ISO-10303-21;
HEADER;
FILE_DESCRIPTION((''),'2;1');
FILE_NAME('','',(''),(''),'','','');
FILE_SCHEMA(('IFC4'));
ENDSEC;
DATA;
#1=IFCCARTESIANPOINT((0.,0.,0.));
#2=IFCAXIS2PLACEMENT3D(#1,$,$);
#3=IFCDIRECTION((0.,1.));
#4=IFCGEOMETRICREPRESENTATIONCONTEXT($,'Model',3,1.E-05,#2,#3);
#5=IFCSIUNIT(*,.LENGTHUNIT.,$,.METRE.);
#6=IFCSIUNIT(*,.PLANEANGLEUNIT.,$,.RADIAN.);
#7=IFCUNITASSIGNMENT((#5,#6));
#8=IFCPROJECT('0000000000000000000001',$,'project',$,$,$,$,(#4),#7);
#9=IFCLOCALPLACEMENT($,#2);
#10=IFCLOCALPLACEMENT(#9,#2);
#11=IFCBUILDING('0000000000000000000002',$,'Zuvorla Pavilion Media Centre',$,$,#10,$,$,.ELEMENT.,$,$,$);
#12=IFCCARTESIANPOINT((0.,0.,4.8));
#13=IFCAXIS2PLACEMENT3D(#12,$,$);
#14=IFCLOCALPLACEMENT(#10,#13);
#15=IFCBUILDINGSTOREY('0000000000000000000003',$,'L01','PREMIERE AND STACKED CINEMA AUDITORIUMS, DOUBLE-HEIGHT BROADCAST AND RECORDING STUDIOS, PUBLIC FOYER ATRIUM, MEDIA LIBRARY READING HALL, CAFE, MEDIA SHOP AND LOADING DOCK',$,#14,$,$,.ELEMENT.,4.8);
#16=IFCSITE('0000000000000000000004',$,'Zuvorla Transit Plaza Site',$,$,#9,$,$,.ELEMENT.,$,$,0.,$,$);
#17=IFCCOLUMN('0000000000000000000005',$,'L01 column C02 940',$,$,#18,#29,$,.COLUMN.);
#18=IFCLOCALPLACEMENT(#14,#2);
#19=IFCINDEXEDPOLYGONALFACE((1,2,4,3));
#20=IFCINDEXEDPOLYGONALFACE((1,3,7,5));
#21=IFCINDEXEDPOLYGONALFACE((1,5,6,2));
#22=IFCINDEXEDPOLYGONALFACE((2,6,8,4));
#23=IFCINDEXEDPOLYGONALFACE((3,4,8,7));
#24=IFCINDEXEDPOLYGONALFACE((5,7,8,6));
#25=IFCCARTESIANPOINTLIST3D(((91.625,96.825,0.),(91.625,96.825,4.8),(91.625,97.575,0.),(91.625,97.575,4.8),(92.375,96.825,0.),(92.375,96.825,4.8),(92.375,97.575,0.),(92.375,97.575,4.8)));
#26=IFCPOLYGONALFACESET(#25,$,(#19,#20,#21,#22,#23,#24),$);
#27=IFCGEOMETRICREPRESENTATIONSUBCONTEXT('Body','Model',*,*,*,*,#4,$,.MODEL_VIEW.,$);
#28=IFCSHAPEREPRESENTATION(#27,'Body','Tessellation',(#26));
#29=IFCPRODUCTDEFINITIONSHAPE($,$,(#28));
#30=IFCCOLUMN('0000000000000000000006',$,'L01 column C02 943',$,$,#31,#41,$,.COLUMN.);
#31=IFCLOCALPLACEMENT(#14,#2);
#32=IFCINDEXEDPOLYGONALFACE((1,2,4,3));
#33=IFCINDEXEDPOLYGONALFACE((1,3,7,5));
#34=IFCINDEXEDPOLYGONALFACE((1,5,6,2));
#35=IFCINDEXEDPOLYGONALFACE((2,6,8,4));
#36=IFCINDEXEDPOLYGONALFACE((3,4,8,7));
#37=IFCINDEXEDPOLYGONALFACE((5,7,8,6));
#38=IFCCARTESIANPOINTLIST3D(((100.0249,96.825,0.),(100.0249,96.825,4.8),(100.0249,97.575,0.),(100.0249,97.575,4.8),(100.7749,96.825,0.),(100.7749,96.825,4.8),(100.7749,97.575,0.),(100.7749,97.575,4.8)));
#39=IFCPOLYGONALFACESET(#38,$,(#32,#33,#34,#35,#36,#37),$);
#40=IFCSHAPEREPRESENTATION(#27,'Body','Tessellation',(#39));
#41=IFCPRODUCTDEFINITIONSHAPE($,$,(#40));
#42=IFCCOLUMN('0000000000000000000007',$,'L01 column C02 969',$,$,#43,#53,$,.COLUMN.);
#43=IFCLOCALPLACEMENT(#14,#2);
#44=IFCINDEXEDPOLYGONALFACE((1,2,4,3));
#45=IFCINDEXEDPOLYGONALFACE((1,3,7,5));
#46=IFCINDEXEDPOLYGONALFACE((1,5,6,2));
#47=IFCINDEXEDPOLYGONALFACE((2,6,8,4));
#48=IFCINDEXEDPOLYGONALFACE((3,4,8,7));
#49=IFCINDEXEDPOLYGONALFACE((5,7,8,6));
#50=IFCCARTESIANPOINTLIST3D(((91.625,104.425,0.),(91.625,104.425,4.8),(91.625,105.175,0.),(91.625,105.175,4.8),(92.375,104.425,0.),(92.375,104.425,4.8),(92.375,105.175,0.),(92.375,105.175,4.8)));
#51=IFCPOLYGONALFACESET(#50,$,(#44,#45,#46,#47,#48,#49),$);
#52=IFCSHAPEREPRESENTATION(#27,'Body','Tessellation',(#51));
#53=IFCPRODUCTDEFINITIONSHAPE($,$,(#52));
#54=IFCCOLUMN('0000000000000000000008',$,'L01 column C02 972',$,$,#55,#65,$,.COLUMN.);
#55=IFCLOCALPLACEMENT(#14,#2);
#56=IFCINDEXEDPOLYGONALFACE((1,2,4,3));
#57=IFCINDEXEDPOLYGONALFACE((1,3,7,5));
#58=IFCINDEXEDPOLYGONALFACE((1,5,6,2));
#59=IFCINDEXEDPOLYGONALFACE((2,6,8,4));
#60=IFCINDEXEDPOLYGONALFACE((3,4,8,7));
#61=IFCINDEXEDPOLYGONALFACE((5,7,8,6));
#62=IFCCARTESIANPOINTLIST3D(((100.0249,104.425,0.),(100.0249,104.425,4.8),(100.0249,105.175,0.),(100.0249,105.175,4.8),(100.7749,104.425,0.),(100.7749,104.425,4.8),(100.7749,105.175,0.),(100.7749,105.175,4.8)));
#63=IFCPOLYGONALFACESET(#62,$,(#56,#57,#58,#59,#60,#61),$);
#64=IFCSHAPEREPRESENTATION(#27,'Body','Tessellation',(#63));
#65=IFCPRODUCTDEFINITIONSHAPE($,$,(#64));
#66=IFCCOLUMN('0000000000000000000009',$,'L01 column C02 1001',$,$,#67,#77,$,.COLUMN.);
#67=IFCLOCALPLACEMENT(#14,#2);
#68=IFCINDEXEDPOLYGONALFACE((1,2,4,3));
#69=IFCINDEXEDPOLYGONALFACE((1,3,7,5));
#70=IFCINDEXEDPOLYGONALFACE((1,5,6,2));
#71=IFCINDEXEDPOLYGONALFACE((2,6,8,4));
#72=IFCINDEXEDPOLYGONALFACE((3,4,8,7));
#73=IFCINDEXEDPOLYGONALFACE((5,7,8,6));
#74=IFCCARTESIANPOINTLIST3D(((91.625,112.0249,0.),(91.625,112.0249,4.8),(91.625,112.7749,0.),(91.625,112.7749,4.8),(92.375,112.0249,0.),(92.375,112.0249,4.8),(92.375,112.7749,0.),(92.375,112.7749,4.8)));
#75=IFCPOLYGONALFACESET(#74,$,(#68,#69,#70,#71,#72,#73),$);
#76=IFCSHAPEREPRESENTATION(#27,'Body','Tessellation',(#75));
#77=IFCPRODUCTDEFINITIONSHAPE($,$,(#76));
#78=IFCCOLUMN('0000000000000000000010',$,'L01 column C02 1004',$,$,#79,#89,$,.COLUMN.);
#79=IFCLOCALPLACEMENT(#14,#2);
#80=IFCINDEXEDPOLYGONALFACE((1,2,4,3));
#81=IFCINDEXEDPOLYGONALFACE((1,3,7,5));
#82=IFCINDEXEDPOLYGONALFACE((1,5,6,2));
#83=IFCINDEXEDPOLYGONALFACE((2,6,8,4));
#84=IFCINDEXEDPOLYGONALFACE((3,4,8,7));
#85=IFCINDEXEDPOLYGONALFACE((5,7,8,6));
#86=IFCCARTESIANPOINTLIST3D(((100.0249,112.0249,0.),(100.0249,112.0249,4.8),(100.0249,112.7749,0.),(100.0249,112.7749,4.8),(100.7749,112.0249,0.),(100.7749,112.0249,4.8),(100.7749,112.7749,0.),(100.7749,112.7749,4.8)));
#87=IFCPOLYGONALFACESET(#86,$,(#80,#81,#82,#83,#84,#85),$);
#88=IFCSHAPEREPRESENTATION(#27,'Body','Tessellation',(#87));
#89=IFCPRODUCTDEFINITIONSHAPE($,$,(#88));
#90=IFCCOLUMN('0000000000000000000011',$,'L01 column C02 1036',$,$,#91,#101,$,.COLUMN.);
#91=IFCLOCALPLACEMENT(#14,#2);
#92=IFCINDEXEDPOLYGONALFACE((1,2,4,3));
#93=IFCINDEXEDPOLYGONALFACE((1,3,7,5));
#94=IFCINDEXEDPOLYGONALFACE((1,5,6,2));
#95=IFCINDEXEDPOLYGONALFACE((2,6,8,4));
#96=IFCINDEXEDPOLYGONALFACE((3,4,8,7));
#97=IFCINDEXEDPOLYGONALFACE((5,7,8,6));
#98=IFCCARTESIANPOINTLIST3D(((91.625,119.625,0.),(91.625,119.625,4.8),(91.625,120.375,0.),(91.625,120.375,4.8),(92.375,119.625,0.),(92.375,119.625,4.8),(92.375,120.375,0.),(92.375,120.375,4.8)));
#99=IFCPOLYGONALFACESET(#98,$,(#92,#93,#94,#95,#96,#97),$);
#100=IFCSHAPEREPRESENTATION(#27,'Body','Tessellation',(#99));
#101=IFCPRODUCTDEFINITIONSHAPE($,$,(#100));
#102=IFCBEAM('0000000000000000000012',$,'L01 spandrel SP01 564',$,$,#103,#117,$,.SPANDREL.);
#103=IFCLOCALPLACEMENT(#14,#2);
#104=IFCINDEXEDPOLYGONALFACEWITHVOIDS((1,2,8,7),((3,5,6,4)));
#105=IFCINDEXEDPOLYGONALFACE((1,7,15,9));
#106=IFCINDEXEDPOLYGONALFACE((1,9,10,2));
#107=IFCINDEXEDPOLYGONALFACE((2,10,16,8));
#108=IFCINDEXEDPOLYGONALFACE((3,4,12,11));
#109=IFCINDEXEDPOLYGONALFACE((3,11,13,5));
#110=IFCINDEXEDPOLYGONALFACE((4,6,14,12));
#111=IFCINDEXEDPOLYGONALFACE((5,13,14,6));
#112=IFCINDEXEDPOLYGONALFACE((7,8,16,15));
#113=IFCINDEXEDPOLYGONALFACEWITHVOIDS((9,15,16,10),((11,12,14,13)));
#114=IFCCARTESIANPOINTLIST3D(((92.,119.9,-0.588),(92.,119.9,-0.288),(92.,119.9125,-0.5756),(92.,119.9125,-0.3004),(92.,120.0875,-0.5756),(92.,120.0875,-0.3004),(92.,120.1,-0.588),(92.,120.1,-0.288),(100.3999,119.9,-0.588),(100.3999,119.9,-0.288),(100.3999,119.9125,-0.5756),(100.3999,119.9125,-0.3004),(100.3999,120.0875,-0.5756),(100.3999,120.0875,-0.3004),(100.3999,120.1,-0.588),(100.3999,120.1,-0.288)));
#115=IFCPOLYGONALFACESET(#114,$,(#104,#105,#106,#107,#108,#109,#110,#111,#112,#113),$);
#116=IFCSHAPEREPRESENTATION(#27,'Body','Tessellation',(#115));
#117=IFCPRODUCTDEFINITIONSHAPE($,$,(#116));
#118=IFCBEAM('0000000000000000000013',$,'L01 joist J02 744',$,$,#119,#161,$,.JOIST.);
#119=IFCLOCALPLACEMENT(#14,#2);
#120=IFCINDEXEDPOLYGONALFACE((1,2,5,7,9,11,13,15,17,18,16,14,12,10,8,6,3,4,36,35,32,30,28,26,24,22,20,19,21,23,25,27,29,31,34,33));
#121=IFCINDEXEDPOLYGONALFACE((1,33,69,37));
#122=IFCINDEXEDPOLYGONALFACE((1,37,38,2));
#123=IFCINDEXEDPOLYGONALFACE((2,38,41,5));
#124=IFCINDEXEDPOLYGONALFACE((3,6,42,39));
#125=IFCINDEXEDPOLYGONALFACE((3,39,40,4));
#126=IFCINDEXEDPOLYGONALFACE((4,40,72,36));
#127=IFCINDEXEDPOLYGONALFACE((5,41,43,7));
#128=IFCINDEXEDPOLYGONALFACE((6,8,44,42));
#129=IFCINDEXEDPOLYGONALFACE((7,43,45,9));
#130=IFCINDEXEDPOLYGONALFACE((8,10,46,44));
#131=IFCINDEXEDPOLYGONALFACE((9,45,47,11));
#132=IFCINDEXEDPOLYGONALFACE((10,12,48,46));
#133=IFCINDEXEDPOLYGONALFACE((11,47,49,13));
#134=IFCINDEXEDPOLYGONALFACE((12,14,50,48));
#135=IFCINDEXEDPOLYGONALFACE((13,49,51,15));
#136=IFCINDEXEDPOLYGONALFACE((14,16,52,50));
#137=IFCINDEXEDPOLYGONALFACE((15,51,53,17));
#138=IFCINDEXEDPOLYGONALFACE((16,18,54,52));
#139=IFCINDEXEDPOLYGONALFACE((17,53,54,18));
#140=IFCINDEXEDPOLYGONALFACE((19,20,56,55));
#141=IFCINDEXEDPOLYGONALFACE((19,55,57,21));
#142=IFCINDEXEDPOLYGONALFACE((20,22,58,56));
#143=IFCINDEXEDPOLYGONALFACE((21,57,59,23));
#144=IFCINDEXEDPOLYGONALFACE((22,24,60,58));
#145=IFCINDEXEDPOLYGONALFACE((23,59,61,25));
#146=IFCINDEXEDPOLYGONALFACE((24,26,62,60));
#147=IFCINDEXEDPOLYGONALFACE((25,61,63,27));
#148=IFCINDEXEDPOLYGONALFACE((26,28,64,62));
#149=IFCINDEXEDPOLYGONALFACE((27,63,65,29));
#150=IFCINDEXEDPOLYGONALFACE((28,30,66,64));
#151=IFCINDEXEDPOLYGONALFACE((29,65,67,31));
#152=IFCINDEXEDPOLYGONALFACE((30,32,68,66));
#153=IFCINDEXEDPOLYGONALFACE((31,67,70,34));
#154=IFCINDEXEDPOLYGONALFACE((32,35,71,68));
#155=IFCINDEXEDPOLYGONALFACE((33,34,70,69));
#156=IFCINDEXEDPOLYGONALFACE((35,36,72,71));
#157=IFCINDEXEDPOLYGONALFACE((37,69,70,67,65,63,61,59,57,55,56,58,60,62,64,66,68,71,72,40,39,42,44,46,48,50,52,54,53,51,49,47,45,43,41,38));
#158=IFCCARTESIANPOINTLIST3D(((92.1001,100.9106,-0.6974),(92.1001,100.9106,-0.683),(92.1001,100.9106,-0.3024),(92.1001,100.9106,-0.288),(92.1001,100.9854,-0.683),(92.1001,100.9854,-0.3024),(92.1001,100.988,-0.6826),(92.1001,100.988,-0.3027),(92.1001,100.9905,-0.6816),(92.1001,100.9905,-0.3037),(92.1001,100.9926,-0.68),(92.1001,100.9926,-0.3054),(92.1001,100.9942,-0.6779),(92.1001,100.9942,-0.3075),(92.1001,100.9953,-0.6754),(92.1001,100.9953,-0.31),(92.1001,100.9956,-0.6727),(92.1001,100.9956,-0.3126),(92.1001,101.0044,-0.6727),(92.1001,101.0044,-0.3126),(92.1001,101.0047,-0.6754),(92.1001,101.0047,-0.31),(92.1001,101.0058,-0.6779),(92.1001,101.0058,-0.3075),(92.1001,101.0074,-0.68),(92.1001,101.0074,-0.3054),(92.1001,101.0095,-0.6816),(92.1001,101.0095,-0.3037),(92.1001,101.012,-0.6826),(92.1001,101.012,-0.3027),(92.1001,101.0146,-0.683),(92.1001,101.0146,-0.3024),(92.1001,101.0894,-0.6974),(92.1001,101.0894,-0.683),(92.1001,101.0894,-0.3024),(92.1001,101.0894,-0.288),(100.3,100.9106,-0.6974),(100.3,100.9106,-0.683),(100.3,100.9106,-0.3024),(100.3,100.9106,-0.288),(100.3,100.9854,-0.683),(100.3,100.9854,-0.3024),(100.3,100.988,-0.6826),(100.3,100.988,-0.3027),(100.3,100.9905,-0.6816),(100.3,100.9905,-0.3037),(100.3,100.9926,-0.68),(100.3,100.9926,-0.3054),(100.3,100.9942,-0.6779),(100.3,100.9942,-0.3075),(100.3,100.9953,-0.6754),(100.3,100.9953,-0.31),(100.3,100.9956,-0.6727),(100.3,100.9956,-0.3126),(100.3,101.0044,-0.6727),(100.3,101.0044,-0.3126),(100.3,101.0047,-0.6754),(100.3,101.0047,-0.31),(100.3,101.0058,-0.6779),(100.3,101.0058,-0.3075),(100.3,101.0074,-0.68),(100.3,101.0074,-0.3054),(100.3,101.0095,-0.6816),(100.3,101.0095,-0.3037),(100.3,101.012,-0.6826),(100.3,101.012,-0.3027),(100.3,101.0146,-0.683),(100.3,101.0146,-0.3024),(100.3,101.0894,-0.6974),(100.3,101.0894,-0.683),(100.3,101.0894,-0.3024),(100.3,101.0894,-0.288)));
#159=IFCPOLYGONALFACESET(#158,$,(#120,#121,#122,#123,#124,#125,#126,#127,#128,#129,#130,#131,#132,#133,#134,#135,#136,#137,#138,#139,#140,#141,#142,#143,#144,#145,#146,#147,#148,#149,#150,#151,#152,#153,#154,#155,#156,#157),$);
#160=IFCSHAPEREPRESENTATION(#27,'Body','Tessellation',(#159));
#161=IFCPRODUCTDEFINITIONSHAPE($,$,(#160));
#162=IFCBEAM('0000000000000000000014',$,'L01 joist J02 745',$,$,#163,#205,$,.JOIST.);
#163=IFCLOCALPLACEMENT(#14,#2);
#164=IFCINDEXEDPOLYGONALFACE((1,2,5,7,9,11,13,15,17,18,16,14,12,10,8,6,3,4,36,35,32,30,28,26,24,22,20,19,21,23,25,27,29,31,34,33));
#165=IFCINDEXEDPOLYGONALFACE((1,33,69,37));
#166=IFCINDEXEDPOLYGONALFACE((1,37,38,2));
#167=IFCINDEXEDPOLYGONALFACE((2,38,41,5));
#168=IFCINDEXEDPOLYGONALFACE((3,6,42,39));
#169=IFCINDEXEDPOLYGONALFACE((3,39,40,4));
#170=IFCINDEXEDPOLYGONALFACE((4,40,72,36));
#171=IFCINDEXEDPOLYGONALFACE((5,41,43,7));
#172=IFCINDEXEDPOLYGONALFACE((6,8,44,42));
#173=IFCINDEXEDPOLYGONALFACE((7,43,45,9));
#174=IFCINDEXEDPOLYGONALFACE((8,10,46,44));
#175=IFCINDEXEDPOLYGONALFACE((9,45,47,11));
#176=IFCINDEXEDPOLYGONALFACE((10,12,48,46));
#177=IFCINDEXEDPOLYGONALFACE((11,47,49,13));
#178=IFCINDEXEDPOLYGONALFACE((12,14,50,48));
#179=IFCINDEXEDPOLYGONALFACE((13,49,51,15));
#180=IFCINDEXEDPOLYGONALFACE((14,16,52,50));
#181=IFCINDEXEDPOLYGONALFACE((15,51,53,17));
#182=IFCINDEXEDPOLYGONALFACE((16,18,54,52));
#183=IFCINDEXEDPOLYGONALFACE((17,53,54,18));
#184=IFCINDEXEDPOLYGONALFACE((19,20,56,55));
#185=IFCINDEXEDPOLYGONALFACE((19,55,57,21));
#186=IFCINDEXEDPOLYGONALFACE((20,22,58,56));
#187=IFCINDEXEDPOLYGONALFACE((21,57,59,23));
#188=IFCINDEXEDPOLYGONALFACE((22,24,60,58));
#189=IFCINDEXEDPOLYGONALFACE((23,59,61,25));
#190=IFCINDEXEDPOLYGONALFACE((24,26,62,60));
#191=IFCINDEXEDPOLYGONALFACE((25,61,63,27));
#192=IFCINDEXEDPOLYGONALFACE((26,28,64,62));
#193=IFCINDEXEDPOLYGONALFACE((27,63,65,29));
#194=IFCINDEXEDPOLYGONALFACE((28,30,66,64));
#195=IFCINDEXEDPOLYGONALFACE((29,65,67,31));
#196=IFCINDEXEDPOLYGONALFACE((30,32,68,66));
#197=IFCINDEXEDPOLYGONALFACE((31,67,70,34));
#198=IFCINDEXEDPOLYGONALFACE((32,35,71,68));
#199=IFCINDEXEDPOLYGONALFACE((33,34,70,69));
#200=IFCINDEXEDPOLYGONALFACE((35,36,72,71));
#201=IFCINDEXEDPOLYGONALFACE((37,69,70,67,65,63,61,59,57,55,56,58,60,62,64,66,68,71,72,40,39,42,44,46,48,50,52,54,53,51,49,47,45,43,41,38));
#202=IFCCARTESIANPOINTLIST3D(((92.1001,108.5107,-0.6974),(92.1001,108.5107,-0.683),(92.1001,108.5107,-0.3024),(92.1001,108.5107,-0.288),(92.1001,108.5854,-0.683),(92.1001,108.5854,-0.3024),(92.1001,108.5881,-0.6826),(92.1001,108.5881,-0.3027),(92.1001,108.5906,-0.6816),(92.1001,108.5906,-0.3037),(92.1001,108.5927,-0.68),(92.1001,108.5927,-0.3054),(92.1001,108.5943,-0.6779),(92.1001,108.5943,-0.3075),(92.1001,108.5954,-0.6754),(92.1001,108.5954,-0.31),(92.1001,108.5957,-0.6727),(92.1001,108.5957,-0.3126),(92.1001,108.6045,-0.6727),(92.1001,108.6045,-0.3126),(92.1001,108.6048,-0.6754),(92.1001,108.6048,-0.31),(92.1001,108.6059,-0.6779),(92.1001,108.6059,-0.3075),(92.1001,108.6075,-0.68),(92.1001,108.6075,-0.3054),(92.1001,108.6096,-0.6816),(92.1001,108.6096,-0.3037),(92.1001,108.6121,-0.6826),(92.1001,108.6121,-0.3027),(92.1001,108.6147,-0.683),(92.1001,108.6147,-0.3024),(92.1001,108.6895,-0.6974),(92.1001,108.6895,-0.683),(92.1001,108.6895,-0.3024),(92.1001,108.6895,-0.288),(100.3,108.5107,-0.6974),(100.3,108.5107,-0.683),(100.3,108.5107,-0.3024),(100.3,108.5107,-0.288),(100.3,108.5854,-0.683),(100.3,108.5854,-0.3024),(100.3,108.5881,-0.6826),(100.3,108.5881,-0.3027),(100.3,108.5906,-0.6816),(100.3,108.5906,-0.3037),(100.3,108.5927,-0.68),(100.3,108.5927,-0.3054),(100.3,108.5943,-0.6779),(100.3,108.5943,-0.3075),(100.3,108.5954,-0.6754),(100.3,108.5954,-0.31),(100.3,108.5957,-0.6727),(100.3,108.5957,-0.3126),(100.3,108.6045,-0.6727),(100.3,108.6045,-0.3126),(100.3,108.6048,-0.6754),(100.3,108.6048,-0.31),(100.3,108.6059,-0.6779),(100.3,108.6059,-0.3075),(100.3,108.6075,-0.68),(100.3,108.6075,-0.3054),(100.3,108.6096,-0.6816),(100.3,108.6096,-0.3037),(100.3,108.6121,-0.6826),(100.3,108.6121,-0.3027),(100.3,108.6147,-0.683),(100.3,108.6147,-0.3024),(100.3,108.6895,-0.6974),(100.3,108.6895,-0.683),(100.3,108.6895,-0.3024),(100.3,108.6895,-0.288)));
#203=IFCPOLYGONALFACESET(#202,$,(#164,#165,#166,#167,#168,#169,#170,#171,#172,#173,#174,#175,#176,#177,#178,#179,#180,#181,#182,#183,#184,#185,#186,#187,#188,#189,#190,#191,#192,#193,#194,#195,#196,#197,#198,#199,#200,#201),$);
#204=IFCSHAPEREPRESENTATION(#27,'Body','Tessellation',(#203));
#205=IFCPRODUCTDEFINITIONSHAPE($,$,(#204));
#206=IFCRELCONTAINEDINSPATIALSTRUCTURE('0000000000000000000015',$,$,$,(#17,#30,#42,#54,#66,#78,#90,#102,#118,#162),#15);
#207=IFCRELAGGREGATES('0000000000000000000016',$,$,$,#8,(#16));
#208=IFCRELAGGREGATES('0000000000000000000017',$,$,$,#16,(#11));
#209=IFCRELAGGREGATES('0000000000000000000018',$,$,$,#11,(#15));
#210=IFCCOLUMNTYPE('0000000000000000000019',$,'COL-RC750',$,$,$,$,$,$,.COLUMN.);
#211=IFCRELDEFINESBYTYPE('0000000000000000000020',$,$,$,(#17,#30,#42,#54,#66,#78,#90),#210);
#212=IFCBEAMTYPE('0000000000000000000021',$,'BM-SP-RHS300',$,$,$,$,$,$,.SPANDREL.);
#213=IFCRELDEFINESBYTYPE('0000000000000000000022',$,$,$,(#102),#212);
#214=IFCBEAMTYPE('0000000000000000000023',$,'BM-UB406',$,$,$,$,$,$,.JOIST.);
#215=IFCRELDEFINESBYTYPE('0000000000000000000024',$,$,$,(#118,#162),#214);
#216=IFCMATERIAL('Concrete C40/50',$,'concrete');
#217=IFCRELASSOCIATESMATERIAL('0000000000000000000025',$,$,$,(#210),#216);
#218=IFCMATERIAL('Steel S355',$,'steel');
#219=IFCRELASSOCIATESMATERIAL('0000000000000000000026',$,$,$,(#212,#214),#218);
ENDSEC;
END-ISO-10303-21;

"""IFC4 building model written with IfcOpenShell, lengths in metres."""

from ifc_helpers import new_model, si_unit, direction, frame, origin, origin_2d, place, context, subcontext, project, spatial, rectangle, hollow_rectangle, i_section, extrude, material, material_profile, profile_set, type_object, element, save


model = new_model("IFC4")

# Units and contexts
model_context = context("Model", 3, precision=1e-05, world=origin(), true_north=direction((0.0, 1.0)))
body_context = subcontext(model_context, "Body", "Model", "MODEL_VIEW")
ifc_project = project(units=[si_unit("LENGTHUNIT", "METRE"), si_unit("PLANEANGLEUNIT", "RADIAN")], contexts=[model_context])

# Site, building, storey
site_placement = place(None, origin())
site = spatial("IfcSite", under=ifc_project, at=site_placement, Name="Zuvorla Transit Plaza Site", CompositionType="ELEMENT", RefElevation=0.0)
building_placement = place(site_placement, origin())
building = spatial("IfcBuilding", under=site, at=building_placement, Name="Zuvorla Pavilion Media Centre", CompositionType="ELEMENT")
storey_placement = place(building_placement, frame((0.0, 0.0, 4.8)))
storey = spatial("IfcBuildingStorey", under=building, at=storey_placement, Name="L01", Description="PREMIERE AND STACKED CINEMA AUDITORIUMS, DOUBLE-HEIGHT BROADCAST AND RECORDING STUDIOS, PUBLIC FOYER ATRIUM, MEDIA LIBRARY READING HALL, CAFE, MEDIA SHOP AND LOADING DOCK", CompositionType="ELEMENT", Elevation=4.8)

# Columns
ifc_material_1 = material(Name="Concrete C40/50", Category="concrete")
ifc_material_profile_1 = material_profile(ifc_material_1, rectangle(XDim=0.75, YDim=0.75, at=origin_2d()), Name="RC 750x750")
ifc_profile_set_1 = profile_set([ifc_material_profile_1], Name="Concrete C40/50")
column_type = type_object("IfcColumnType", Name="COL-RC750", PredefinedType="COLUMN", material=ifc_profile_set_1)
for number, where, z_axis, x_axis, name in (
    (1, (92.0, 97.2, 0.0), (0.0, 0.0, 1.0), (1.0, 0.0, 0.0), "L01 column C02 940"),
    (2, (100.3999, 97.2, 0.0), (0.0, 0.0, 1.0), (1.0, 0.0, 0.0), "L01 column C02 943"),
    (3, (92.0, 104.8, 0.0), (0.0, 0.0, 1.0), (1.0, 0.0, 0.0), "L01 column C02 969"),
    (4, (100.3999, 104.8, 0.0), (0.0, 0.0, 1.0), (1.0, 0.0, 0.0), "L01 column C02 972"),
    (5, (92.0, 112.3999, 0.0), (0.0, 0.0, 1.0), (1.0, 0.0, 0.0), "L01 column C02 1001"),
    (6, (100.3999, 112.3999, 0.0), (0.0, 0.0, 1.0), (1.0, 0.0, 0.0), "L01 column C02 1004"),
    (7, (92.0, 120.0, 0.0), (0.0, 0.0, 1.0), (1.0, 0.0, 0.0), "L01 column C02 1036"),
):
    element("IfcColumn", number, at=place(storey_placement, frame(where, z_axis=z_axis, x_axis=x_axis)), inside=storey, type_object=column_type, Name=name, PredefinedType="COLUMN", context=body_context, shape_type="SweptSolid", body=[
        extrude(rectangle(XDim=0.75, YDim=0.75, at=origin_2d()), origin(), (0.0, 0.0, 1.0), 4.8),
    ])

# Beams
ifc_material_2 = material(Name="Steel S355", Category="steel")
ifc_material_profile_2 = material_profile(ifc_material_2, hollow_rectangle(XDim=0.2, YDim=0.3, WallThickness=0.0125, at=origin_2d()), Name="RHS 300x200x12.5")
ifc_profile_set_2 = profile_set([ifc_material_profile_2], Name="Steel S355")
beam_type_1 = type_object("IfcBeamType", Name="BM-SP-RHS300", PredefinedType="SPANDREL", material=ifc_profile_set_2)
beam_1_placement = place(storey_placement, frame((92.0, 120.0, -0.438), z_axis=(1.0, 0.0, 0.0), x_axis=(0.0, 1.0, 0.0)))
element("IfcBeam", 8, at=beam_1_placement, inside=storey, type_object=beam_type_1, Name="L01 spandrel SP01 564", PredefinedType="SPANDREL", context=body_context, shape_type="SweptSolid", body=[
    extrude(hollow_rectangle(XDim=0.2, YDim=0.3, WallThickness=0.0125, at=origin_2d()), origin(), (0.0, 0.0, 1.0), 8.3999),
])
ifc_material_profile_3 = material_profile(ifc_material_2, i_section(OverallWidth=0.1787, OverallDepth=0.4094, WebThickness=0.0088, FlangeThickness=0.0144, FilletRadius=0.0103, at=origin_2d()), Name="UB 406x178x67")
ifc_profile_set_3 = profile_set([ifc_material_profile_3], Name="Steel S355")
beam_type_2 = type_object("IfcBeamType", Name="BM-UB406", PredefinedType="JOIST", material=ifc_profile_set_3)
for number, where, z_axis, x_axis, name in (
    (9, (92.1001, 101.0, -0.4927), (1.0, 0.0, 0.0), (0.0, 1.0, 0.0), "L01 joist J02 744"),
    (10, (92.1001, 108.6001, -0.4927), (1.0, 0.0, 0.0), (0.0, 1.0, 0.0), "L01 joist J02 745"),
):
    element("IfcBeam", number, at=place(storey_placement, frame(where, z_axis=z_axis, x_axis=x_axis)), inside=storey, type_object=beam_type_2, Name=name, PredefinedType="JOIST", context=body_context, shape_type="SweptSolid", body=[
        extrude(i_section(OverallWidth=0.1787, OverallDepth=0.4094, WebThickness=0.0088, FlangeThickness=0.0144, FilletRadius=0.0103, at=origin_2d()), origin(), (0.0, 0.0, 1.0), 8.2),
    ])

save(model, "model.ifc")
